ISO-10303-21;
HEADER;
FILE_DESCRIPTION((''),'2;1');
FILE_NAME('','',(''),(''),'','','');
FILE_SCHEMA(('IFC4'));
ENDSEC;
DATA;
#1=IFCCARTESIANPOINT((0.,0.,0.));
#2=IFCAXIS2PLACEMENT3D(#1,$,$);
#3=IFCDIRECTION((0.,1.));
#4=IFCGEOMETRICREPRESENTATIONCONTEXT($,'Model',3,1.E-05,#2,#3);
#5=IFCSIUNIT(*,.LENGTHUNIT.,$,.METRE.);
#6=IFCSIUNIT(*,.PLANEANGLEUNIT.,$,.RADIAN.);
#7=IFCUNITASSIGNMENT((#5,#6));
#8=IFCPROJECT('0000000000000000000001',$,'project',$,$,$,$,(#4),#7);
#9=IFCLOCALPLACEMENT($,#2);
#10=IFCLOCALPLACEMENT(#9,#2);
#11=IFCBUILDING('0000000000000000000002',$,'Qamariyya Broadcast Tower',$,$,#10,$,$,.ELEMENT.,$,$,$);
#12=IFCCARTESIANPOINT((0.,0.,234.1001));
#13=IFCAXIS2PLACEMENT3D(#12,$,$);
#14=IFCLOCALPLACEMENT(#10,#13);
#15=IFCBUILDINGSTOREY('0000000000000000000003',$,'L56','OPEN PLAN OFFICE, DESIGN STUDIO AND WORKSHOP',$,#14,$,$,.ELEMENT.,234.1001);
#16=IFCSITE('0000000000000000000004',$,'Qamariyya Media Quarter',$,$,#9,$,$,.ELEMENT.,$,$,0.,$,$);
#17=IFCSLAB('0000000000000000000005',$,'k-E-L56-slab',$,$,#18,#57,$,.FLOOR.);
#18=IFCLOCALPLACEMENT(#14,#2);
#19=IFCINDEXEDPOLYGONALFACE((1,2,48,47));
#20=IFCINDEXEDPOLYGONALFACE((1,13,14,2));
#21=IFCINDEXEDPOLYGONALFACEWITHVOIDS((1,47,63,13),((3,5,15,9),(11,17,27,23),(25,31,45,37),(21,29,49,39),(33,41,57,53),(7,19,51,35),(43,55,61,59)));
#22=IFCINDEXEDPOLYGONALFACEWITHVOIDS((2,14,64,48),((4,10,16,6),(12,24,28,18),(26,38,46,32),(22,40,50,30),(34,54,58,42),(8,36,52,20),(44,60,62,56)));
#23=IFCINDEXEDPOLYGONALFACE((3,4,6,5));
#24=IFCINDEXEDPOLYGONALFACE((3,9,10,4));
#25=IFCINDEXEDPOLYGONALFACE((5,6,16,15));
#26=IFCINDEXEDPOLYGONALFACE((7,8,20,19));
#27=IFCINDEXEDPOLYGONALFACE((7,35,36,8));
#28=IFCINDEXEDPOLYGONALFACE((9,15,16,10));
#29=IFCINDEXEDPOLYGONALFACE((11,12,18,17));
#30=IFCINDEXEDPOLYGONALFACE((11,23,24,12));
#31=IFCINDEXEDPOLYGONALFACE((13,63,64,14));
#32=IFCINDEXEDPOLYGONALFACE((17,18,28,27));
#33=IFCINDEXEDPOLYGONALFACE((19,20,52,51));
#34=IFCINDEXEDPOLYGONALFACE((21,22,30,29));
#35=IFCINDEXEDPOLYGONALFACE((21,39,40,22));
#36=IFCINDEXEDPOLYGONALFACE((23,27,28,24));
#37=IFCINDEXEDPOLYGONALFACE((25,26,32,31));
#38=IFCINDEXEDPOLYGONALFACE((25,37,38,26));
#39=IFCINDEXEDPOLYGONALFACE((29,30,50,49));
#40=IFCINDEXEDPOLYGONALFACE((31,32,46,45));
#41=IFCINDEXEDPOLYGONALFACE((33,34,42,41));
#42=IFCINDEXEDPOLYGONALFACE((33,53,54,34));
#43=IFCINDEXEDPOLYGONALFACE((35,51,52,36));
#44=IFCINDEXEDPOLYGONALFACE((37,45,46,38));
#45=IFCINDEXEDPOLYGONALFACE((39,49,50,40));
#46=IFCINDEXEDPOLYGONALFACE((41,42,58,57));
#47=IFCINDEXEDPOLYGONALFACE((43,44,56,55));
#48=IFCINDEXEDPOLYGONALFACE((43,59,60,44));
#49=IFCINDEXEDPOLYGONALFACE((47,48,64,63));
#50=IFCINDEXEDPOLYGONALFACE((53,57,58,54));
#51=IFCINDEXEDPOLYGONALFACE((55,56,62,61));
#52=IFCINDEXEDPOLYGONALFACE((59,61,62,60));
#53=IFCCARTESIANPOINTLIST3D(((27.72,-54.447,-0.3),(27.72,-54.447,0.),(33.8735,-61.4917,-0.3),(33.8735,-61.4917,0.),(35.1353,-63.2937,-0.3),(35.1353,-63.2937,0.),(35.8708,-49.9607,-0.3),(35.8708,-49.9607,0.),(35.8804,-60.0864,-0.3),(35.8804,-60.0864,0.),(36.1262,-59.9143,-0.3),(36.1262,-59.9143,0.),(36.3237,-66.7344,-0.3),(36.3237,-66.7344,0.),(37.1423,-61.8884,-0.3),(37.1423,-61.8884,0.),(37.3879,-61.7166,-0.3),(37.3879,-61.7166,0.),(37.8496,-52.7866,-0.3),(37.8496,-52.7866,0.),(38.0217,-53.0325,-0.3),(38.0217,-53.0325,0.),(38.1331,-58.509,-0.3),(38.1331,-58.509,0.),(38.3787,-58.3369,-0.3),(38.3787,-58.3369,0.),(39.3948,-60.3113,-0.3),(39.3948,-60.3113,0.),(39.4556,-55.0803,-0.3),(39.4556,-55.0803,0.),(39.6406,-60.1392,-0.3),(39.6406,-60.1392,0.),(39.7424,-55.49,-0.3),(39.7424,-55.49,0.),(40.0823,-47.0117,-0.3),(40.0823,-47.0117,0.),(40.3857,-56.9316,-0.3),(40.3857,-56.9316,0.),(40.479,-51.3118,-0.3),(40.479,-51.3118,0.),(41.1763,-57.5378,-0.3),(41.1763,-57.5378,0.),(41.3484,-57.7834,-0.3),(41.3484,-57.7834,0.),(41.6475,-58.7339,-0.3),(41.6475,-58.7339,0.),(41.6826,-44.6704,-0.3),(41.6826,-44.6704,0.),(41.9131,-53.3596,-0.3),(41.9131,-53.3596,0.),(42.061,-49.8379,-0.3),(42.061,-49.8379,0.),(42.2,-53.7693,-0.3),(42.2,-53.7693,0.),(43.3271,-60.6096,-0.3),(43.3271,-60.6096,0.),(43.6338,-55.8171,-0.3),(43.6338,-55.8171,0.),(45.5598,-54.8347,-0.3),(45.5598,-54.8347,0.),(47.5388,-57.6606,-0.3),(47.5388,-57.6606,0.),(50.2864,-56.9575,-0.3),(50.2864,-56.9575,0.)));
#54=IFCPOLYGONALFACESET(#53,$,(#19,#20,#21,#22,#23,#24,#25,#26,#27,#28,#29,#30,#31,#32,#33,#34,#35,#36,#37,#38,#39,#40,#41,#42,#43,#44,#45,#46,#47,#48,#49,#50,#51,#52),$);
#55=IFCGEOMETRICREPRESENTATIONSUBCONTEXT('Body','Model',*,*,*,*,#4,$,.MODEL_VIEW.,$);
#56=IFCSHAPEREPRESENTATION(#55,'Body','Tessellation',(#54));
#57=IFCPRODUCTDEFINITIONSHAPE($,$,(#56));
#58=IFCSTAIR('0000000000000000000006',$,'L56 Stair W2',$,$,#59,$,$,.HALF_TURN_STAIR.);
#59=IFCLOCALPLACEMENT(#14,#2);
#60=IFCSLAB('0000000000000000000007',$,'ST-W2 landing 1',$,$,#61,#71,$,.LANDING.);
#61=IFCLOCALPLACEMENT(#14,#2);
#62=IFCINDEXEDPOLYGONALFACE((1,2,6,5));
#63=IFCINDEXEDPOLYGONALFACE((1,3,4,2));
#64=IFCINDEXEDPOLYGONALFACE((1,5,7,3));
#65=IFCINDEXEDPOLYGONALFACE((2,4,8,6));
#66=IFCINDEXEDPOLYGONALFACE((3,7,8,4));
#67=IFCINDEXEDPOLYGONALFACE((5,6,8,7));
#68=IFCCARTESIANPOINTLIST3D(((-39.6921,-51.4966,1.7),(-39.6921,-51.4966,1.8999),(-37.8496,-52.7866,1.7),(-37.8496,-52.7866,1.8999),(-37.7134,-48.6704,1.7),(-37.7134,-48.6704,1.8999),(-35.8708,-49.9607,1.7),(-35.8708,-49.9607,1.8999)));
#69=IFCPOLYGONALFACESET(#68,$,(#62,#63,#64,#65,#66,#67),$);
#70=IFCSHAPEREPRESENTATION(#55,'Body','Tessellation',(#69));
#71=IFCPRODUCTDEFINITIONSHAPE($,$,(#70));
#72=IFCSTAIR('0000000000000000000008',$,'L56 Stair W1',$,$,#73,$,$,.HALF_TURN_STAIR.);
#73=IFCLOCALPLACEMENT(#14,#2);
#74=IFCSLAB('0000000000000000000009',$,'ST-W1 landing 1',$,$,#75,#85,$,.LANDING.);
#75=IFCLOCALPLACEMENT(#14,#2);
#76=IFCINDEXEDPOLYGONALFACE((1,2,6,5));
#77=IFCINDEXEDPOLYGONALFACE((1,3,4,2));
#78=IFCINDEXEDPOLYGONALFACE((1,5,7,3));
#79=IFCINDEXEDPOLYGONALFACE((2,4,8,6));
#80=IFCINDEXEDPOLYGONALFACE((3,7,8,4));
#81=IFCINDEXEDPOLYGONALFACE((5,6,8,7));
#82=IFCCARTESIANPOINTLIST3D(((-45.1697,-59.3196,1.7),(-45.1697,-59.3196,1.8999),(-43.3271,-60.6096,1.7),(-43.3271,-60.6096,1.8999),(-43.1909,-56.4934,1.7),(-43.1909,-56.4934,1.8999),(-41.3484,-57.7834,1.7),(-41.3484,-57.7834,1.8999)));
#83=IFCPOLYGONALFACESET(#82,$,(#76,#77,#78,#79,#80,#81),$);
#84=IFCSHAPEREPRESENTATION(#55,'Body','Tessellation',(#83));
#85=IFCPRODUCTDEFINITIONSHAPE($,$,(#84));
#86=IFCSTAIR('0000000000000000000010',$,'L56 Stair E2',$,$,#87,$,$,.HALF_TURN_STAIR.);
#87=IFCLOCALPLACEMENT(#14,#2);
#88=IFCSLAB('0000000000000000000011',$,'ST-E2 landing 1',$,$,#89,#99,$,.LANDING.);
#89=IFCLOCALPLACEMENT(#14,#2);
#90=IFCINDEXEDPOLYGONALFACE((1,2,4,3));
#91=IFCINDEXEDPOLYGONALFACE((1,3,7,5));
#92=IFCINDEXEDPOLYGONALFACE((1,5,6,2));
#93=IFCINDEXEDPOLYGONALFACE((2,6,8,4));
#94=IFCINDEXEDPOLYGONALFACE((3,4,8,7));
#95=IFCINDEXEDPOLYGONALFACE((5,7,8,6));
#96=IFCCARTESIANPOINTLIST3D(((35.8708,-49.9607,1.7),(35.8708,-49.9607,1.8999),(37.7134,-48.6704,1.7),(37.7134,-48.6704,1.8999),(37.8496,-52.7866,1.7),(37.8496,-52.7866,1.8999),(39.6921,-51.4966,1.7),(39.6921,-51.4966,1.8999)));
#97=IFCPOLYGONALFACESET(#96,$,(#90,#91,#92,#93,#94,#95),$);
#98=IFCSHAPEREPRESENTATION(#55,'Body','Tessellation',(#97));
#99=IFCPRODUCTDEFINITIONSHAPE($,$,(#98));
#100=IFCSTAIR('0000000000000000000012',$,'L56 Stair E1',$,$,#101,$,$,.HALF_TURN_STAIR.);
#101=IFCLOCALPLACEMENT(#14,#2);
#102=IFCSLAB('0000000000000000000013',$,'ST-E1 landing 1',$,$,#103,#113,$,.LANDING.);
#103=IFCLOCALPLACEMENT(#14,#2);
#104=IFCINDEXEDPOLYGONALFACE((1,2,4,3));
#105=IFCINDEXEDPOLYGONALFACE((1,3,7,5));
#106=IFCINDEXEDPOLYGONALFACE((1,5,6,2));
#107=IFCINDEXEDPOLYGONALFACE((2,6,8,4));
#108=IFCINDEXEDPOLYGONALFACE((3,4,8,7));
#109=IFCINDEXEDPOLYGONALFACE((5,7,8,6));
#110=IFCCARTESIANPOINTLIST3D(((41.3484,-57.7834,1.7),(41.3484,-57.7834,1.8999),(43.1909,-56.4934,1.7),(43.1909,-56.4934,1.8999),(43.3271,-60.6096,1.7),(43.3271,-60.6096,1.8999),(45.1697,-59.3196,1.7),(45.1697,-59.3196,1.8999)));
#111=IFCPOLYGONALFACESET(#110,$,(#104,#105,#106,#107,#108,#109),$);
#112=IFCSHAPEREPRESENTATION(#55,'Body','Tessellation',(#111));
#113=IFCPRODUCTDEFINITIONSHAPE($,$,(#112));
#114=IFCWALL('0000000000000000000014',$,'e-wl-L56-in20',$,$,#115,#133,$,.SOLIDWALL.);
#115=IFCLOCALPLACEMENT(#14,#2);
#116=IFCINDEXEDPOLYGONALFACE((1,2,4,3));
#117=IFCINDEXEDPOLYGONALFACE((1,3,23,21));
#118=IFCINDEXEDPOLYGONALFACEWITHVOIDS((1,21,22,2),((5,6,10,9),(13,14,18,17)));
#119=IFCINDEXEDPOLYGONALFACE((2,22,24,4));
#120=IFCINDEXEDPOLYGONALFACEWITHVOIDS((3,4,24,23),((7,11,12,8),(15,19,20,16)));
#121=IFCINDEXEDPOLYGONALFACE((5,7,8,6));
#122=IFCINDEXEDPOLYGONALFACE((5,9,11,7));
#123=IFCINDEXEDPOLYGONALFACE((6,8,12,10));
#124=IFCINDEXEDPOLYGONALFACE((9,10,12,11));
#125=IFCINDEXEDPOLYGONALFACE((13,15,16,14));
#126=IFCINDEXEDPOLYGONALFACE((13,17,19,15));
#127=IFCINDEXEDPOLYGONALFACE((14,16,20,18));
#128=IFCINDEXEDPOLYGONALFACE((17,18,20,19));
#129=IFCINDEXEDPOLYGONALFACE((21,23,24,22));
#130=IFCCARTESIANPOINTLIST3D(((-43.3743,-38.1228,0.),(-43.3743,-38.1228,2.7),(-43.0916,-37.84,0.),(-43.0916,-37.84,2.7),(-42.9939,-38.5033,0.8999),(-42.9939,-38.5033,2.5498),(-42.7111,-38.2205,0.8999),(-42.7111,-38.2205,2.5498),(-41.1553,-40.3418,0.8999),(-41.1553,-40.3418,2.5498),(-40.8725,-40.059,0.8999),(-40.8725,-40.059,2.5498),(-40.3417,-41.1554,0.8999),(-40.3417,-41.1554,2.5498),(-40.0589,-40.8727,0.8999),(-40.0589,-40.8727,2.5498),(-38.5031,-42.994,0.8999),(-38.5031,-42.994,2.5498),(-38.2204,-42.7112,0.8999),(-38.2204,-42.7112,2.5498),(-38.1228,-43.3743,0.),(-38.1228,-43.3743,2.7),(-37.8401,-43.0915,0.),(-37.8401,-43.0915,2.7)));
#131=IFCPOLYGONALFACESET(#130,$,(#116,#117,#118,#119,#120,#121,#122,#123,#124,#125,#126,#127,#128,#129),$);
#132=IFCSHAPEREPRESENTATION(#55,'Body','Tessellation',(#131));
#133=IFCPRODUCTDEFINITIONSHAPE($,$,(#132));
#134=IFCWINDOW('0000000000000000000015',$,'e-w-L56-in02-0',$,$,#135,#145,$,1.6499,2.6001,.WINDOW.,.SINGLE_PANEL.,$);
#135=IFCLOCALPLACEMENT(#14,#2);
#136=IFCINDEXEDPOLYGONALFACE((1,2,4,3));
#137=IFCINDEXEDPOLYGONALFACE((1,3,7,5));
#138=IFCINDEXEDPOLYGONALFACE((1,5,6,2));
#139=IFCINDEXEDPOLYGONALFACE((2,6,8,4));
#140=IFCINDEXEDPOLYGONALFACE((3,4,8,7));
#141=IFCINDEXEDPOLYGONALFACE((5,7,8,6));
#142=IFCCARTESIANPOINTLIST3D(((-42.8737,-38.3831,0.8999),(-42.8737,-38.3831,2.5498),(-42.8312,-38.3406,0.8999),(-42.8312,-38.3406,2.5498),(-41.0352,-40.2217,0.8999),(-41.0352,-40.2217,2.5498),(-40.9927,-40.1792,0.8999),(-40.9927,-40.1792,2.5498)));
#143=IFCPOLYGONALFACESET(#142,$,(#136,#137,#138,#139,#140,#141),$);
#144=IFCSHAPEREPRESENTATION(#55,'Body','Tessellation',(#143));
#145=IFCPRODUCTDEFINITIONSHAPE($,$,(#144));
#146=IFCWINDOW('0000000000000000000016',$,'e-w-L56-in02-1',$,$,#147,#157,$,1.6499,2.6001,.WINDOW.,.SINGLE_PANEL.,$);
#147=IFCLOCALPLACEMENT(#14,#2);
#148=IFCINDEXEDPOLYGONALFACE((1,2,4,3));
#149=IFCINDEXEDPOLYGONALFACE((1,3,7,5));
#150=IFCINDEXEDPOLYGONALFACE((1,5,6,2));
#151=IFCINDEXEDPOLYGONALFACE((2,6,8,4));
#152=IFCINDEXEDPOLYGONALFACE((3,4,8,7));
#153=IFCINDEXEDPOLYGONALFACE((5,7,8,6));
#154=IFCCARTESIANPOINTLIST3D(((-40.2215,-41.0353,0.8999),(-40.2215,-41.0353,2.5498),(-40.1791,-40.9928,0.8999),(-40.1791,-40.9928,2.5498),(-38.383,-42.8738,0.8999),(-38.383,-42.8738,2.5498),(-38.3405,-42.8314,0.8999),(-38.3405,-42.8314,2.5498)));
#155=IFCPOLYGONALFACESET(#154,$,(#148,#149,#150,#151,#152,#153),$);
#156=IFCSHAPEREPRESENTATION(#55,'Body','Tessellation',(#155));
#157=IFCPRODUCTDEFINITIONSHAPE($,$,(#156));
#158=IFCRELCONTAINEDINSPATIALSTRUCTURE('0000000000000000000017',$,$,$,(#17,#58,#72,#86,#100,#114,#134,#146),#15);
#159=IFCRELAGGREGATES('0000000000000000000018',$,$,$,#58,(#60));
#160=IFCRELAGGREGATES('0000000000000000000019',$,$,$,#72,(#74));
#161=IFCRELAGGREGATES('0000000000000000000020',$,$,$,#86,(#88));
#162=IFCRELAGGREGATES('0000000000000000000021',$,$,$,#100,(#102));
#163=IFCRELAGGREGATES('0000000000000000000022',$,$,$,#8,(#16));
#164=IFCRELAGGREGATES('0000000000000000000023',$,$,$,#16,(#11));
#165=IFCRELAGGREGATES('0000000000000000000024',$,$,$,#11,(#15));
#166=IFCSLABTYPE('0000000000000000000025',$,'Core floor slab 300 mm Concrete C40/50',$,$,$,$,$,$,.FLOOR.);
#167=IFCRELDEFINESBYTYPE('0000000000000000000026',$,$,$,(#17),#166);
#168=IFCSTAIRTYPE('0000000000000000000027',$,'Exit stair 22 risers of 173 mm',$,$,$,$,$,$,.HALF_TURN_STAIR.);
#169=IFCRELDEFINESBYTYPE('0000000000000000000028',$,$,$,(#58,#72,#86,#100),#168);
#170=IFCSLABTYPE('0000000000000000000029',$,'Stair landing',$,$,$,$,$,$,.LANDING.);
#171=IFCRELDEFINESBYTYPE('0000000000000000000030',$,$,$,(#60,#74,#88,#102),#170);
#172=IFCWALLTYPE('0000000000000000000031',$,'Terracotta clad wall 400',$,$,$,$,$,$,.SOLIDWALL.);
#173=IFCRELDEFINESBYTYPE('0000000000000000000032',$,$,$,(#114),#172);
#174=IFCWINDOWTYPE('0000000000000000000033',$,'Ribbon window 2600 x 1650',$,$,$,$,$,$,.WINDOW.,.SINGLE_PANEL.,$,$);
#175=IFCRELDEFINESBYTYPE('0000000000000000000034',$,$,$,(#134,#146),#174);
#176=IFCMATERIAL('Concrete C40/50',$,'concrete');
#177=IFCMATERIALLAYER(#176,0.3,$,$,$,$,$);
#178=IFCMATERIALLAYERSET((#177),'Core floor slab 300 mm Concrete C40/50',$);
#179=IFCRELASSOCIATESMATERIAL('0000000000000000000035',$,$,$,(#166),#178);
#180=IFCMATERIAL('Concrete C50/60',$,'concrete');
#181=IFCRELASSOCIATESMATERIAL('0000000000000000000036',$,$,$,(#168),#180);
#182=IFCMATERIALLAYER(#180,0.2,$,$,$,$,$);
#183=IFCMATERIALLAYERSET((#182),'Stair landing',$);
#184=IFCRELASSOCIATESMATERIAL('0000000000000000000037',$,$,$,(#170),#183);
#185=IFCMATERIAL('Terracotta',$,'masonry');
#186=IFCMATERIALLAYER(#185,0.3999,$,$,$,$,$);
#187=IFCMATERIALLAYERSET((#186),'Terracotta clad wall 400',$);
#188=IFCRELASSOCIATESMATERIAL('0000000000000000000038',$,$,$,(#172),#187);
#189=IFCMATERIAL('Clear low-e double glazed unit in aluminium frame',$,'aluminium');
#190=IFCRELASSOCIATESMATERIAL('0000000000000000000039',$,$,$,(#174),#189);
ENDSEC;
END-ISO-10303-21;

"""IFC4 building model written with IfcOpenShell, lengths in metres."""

from ifc_helpers import new_model, si_unit, direction, frame, frame_2d, origin, place, context, subcontext, project, spatial, polyline, rectangle, outline, extrude, material, layer, layer_set, type_object, element, fill, aggregate, save


model = new_model("IFC4")

# Units and contexts
model_context = context("Model", 3, precision=1e-05, world=origin(), true_north=direction((0.0, 1.0)))
body_context = subcontext(model_context, "Body", "Model", "MODEL_VIEW")
ifc_project = project(units=[si_unit("LENGTHUNIT", "METRE"), si_unit("PLANEANGLEUNIT", "RADIAN")], contexts=[model_context])

# Site, building, storey
site_placement = place(None, origin())
site = spatial("IfcSite", under=ifc_project, at=site_placement, Name="Qamariyya Media Quarter", CompositionType="ELEMENT", RefElevation=0.0)
building_placement = place(site_placement, origin())
building = spatial("IfcBuilding", under=site, at=building_placement, Name="Qamariyya Broadcast Tower", CompositionType="ELEMENT")
storey_placement = place(building_placement, frame((0.0, 0.0, 234.1001)))
storey = spatial("IfcBuildingStorey", under=building, at=storey_placement, Name="L56", Description="OPEN PLAN OFFICE, DESIGN STUDIO AND WORKSHOP", CompositionType="ELEMENT", Elevation=234.1001)

# Shared definitions
ifc_material_1 = material(Name="Concrete C40/50", Category="concrete")

# Slab
ifc_layer_1 = layer(ifc_material_1, 0.3)
ifc_layer_set_1 = layer_set([ifc_layer_1], Name="Core floor slab 300 mm Concrete C40/50")
slab_type_1 = type_object("IfcSlabType", Name="Core floor slab 300 mm Concrete C40/50", PredefinedType="FLOOR", material=ifc_layer_set_1)
slab_1_placement = place(storey_placement, frame((0.0, 0.0, -0.3)))
element("IfcSlab", 1, at=slab_1_placement, inside=storey, type_object=slab_type_1, Name="k-E-L56-slab", PredefinedType="FLOOR", context=body_context, shape_type="SweptSolid", body=[
    extrude(outline(polyline([(36.3237, -66.7344), (50.2864, -56.9575), (41.6826, -44.6704), (27.72, -54.447), (36.3237, -66.7344)]), holes=[polyline([(33.8735, -61.4917), (35.8804, -60.0864), (37.1423, -61.8884), (35.1353, -63.2937), (33.8735, -61.4917)]), polyline([(36.1262, -59.9143), (38.1331, -58.509), (39.3948, -60.3113), (37.3879, -61.7166), (36.1262, -59.9143)]), polyline([(38.3787, -58.3369), (40.3857, -56.9316), (41.6475, -58.7339), (39.6406, -60.1392), (38.3787, -58.3369)]), polyline([(39.7424, -55.49), (42.2, -53.7693), (43.6338, -55.8171), (41.1763, -57.5378), (39.7424, -55.49)]), polyline([(39.4556, -55.0803), (41.9131, -53.3596), (40.479, -51.3118), (38.0217, -53.0325), (39.4556, -55.0803)]), polyline([(40.0823, -47.0117), (35.8708, -49.9607), (37.8496, -52.7866), (42.061, -49.8379), (40.0823, -47.0117)]), polyline([(45.5598, -54.8347), (41.3484, -57.7834), (43.3271, -60.6096), (47.5388, -57.6606), (45.5598, -54.8347)])]), origin(), (0.0, 0.0, 1.0), 0.3),
])

# Stairs, slabs
ifc_material_2 = material(Name="Concrete C50/60", Category="concrete")
stair_type = type_object("IfcStairType", Name="Exit stair 22 risers of 173 mm", PredefinedType="HALF_TURN_STAIR", material=ifc_material_2)
stair_1_placement = place(storey_placement, origin())
stair_1 = element("IfcStair", 2, at=stair_1_placement, inside=storey, type_object=stair_type, Name="L56 Stair W2", PredefinedType="HALF_TURN_STAIR")
ifc_layer_2 = layer(ifc_material_2, 0.2)
ifc_layer_set_2 = layer_set([ifc_layer_2], Name="Stair landing")
slab_type_2 = type_object("IfcSlabType", Name="Stair landing", PredefinedType="LANDING", material=ifc_layer_set_2)
slab_2_placement = place(storey_placement, frame((0.0, 0.0, 1.7)))
slab_2 = element("IfcSlab", 3, at=slab_2_placement, type_object=slab_type_2, Name="ST-W2 landing 1", PredefinedType="LANDING", context=body_context, shape_type="SweptSolid", body=[
    extrude(outline(polyline([(-39.6921, -51.4966), (-37.8496, -52.7866), (-35.8708, -49.9607), (-37.7134, -48.6704), (-39.6921, -51.4966)])), origin(), (0.0, 0.0, 1.0), 0.2),
])
aggregate(stair_1, [slab_2])
stair_2_placement = place(storey_placement, origin())
stair_2 = element("IfcStair", 4, at=stair_2_placement, inside=storey, type_object=stair_type, Name="L56 Stair W1", PredefinedType="HALF_TURN_STAIR")
slab_3_placement = place(storey_placement, frame((0.0, 0.0, 1.7)))
slab_3 = element("IfcSlab", 5, at=slab_3_placement, type_object=slab_type_2, Name="ST-W1 landing 1", PredefinedType="LANDING", context=body_context, shape_type="SweptSolid", body=[
    extrude(outline(polyline([(-45.1697, -59.3196), (-43.3271, -60.6096), (-41.3484, -57.7834), (-43.1909, -56.4934), (-45.1697, -59.3196)])), origin(), (0.0, 0.0, 1.0), 0.2),
])
aggregate(stair_2, [slab_3])
stair_3_placement = place(storey_placement, origin())
stair_3 = element("IfcStair", 6, at=stair_3_placement, inside=storey, type_object=stair_type, Name="L56 Stair E2", PredefinedType="HALF_TURN_STAIR")
slab_4_placement = place(storey_placement, frame((0.0, 0.0, 1.7)))
slab_4 = element("IfcSlab", 7, at=slab_4_placement, type_object=slab_type_2, Name="ST-E2 landing 1", PredefinedType="LANDING", context=body_context, shape_type="SweptSolid", body=[
    extrude(outline(polyline([(37.7134, -48.6704), (35.8708, -49.9607), (37.8496, -52.7866), (39.6921, -51.4966), (37.7134, -48.6704)])), origin(), (0.0, 0.0, 1.0), 0.2),
])
aggregate(stair_3, [slab_4])
stair_4_placement = place(storey_placement, origin())
stair_4 = element("IfcStair", 8, at=stair_4_placement, inside=storey, type_object=stair_type, Name="L56 Stair E1", PredefinedType="HALF_TURN_STAIR")
slab_5_placement = place(storey_placement, frame((0.0, 0.0, 1.7)))
slab_5 = element("IfcSlab", 9, at=slab_5_placement, type_object=slab_type_2, Name="ST-E1 landing 1", PredefinedType="LANDING", context=body_context, shape_type="SweptSolid", body=[
    extrude(outline(polyline([(43.1909, -56.4934), (41.3484, -57.7834), (43.3271, -60.6096), (45.1697, -59.3196), (43.1909, -56.4934)])), origin(), (0.0, 0.0, 1.0), 0.2),
])
aggregate(stair_4, [slab_5])

# Wall, openings, windows
ifc_material_3 = material(Name="Terracotta", Category="masonry")
ifc_layer_3 = layer(ifc_material_3, 0.3999)
ifc_layer_set_3 = layer_set([ifc_layer_3], Name="Terracotta clad wall 400")
wall_type = type_object("IfcWallType", Name="Terracotta clad wall 400", PredefinedType="SOLIDWALL", material=ifc_layer_set_3)
wall_1_placement = place(storey_placement, frame((-37.9814, -43.2329, 0.0), z_axis=(0.0, 0.0, 1.0), x_axis=(-0.707107, 0.707107, 0.0)))
wall_1 = element("IfcWall", 10, at=wall_1_placement, inside=storey, type_object=wall_type, Name="e-wl-L56-in20", PredefinedType="SOLIDWALL", context=body_context, shape_type="SweptSolid", body=[
    extrude(rectangle(XDim=7.4268, YDim=0.3999, at=frame_2d((3.7134, 0.0))), origin(), (0.0, 0.0, 1.0), 2.7),
])
opening_1_placement = place(wall_1_placement, frame((4.2886, 0.0, 0.8999)))
opening_1 = element("IfcOpeningElement", 11, at=opening_1_placement, cuts=wall_1, PredefinedType="OPENING", context=body_context, shape_type="SweptSolid", body=[
    extrude(rectangle(XDim=2.6001, YDim=1.6499, at=frame_2d((1.3, 0.825))), frame((0.0, 0.21, 0.0), z_axis=(0.0, -1.0, 0.0), x_axis=(1.0, 0.0, 0.0)), (0.0, 0.0, 1.0), 0.4199),
])
opening_2_placement = place(wall_1_placement, frame((0.5378, 0.0, 0.8999)))
opening_2 = element("IfcOpeningElement", 12, at=opening_2_placement, cuts=wall_1, PredefinedType="OPENING", context=body_context, shape_type="SweptSolid", body=[
    extrude(rectangle(XDim=2.6001, YDim=1.6499, at=frame_2d((1.3, 0.825))), frame((0.0, 0.21, 0.0), z_axis=(0.0, -1.0, 0.0), x_axis=(1.0, 0.0, 0.0)), (0.0, 0.0, 1.0), 0.4199),
])
ifc_material_4 = material(Name="Clear low-e double glazed unit in aluminium frame", Category="aluminium")
window_type = type_object("IfcWindowType", Name="Ribbon window 2600 x 1650", PartitioningType="SINGLE_PANEL", PredefinedType="WINDOW", material=ifc_material_4)
window_1_placement = place(opening_1_placement, origin())
window_1 = element("IfcWindow", 13, at=window_1_placement, inside=storey, type_object=window_type, Name="e-w-L56-in02-0", OverallHeight=1.6499, OverallWidth=2.6001, PartitioningType="SINGLE_PANEL", PredefinedType="WINDOW", context=body_context, shape_type="SweptSolid", body=[
    extrude(rectangle(XDim=2.6001, YDim=1.6499, at=frame_2d((1.3, 0.825))), frame((0.0, 0.03, 0.0), z_axis=(0.0, -1.0, 0.0), x_axis=(1.0, 0.0, 0.0)), (0.0, 0.0, 1.0), 0.0601),
])
fill(opening_1, window_1)
window_2_placement = place(opening_2_placement, origin())
window_2 = element("IfcWindow", 14, at=window_2_placement, inside=storey, type_object=window_type, Name="e-w-L56-in02-1", OverallHeight=1.6499, OverallWidth=2.6001, PartitioningType="SINGLE_PANEL", PredefinedType="WINDOW", context=body_context, shape_type="SweptSolid", body=[
    extrude(rectangle(XDim=2.6001, YDim=1.6499, at=frame_2d((1.3, 0.825))), frame((0.0, 0.03, 0.0), z_axis=(0.0, -1.0, 0.0), x_axis=(1.0, 0.0, 0.0)), (0.0, 0.0, 1.0), 0.0601),
])
fill(opening_2, window_2)

save(model, "model.ifc")
